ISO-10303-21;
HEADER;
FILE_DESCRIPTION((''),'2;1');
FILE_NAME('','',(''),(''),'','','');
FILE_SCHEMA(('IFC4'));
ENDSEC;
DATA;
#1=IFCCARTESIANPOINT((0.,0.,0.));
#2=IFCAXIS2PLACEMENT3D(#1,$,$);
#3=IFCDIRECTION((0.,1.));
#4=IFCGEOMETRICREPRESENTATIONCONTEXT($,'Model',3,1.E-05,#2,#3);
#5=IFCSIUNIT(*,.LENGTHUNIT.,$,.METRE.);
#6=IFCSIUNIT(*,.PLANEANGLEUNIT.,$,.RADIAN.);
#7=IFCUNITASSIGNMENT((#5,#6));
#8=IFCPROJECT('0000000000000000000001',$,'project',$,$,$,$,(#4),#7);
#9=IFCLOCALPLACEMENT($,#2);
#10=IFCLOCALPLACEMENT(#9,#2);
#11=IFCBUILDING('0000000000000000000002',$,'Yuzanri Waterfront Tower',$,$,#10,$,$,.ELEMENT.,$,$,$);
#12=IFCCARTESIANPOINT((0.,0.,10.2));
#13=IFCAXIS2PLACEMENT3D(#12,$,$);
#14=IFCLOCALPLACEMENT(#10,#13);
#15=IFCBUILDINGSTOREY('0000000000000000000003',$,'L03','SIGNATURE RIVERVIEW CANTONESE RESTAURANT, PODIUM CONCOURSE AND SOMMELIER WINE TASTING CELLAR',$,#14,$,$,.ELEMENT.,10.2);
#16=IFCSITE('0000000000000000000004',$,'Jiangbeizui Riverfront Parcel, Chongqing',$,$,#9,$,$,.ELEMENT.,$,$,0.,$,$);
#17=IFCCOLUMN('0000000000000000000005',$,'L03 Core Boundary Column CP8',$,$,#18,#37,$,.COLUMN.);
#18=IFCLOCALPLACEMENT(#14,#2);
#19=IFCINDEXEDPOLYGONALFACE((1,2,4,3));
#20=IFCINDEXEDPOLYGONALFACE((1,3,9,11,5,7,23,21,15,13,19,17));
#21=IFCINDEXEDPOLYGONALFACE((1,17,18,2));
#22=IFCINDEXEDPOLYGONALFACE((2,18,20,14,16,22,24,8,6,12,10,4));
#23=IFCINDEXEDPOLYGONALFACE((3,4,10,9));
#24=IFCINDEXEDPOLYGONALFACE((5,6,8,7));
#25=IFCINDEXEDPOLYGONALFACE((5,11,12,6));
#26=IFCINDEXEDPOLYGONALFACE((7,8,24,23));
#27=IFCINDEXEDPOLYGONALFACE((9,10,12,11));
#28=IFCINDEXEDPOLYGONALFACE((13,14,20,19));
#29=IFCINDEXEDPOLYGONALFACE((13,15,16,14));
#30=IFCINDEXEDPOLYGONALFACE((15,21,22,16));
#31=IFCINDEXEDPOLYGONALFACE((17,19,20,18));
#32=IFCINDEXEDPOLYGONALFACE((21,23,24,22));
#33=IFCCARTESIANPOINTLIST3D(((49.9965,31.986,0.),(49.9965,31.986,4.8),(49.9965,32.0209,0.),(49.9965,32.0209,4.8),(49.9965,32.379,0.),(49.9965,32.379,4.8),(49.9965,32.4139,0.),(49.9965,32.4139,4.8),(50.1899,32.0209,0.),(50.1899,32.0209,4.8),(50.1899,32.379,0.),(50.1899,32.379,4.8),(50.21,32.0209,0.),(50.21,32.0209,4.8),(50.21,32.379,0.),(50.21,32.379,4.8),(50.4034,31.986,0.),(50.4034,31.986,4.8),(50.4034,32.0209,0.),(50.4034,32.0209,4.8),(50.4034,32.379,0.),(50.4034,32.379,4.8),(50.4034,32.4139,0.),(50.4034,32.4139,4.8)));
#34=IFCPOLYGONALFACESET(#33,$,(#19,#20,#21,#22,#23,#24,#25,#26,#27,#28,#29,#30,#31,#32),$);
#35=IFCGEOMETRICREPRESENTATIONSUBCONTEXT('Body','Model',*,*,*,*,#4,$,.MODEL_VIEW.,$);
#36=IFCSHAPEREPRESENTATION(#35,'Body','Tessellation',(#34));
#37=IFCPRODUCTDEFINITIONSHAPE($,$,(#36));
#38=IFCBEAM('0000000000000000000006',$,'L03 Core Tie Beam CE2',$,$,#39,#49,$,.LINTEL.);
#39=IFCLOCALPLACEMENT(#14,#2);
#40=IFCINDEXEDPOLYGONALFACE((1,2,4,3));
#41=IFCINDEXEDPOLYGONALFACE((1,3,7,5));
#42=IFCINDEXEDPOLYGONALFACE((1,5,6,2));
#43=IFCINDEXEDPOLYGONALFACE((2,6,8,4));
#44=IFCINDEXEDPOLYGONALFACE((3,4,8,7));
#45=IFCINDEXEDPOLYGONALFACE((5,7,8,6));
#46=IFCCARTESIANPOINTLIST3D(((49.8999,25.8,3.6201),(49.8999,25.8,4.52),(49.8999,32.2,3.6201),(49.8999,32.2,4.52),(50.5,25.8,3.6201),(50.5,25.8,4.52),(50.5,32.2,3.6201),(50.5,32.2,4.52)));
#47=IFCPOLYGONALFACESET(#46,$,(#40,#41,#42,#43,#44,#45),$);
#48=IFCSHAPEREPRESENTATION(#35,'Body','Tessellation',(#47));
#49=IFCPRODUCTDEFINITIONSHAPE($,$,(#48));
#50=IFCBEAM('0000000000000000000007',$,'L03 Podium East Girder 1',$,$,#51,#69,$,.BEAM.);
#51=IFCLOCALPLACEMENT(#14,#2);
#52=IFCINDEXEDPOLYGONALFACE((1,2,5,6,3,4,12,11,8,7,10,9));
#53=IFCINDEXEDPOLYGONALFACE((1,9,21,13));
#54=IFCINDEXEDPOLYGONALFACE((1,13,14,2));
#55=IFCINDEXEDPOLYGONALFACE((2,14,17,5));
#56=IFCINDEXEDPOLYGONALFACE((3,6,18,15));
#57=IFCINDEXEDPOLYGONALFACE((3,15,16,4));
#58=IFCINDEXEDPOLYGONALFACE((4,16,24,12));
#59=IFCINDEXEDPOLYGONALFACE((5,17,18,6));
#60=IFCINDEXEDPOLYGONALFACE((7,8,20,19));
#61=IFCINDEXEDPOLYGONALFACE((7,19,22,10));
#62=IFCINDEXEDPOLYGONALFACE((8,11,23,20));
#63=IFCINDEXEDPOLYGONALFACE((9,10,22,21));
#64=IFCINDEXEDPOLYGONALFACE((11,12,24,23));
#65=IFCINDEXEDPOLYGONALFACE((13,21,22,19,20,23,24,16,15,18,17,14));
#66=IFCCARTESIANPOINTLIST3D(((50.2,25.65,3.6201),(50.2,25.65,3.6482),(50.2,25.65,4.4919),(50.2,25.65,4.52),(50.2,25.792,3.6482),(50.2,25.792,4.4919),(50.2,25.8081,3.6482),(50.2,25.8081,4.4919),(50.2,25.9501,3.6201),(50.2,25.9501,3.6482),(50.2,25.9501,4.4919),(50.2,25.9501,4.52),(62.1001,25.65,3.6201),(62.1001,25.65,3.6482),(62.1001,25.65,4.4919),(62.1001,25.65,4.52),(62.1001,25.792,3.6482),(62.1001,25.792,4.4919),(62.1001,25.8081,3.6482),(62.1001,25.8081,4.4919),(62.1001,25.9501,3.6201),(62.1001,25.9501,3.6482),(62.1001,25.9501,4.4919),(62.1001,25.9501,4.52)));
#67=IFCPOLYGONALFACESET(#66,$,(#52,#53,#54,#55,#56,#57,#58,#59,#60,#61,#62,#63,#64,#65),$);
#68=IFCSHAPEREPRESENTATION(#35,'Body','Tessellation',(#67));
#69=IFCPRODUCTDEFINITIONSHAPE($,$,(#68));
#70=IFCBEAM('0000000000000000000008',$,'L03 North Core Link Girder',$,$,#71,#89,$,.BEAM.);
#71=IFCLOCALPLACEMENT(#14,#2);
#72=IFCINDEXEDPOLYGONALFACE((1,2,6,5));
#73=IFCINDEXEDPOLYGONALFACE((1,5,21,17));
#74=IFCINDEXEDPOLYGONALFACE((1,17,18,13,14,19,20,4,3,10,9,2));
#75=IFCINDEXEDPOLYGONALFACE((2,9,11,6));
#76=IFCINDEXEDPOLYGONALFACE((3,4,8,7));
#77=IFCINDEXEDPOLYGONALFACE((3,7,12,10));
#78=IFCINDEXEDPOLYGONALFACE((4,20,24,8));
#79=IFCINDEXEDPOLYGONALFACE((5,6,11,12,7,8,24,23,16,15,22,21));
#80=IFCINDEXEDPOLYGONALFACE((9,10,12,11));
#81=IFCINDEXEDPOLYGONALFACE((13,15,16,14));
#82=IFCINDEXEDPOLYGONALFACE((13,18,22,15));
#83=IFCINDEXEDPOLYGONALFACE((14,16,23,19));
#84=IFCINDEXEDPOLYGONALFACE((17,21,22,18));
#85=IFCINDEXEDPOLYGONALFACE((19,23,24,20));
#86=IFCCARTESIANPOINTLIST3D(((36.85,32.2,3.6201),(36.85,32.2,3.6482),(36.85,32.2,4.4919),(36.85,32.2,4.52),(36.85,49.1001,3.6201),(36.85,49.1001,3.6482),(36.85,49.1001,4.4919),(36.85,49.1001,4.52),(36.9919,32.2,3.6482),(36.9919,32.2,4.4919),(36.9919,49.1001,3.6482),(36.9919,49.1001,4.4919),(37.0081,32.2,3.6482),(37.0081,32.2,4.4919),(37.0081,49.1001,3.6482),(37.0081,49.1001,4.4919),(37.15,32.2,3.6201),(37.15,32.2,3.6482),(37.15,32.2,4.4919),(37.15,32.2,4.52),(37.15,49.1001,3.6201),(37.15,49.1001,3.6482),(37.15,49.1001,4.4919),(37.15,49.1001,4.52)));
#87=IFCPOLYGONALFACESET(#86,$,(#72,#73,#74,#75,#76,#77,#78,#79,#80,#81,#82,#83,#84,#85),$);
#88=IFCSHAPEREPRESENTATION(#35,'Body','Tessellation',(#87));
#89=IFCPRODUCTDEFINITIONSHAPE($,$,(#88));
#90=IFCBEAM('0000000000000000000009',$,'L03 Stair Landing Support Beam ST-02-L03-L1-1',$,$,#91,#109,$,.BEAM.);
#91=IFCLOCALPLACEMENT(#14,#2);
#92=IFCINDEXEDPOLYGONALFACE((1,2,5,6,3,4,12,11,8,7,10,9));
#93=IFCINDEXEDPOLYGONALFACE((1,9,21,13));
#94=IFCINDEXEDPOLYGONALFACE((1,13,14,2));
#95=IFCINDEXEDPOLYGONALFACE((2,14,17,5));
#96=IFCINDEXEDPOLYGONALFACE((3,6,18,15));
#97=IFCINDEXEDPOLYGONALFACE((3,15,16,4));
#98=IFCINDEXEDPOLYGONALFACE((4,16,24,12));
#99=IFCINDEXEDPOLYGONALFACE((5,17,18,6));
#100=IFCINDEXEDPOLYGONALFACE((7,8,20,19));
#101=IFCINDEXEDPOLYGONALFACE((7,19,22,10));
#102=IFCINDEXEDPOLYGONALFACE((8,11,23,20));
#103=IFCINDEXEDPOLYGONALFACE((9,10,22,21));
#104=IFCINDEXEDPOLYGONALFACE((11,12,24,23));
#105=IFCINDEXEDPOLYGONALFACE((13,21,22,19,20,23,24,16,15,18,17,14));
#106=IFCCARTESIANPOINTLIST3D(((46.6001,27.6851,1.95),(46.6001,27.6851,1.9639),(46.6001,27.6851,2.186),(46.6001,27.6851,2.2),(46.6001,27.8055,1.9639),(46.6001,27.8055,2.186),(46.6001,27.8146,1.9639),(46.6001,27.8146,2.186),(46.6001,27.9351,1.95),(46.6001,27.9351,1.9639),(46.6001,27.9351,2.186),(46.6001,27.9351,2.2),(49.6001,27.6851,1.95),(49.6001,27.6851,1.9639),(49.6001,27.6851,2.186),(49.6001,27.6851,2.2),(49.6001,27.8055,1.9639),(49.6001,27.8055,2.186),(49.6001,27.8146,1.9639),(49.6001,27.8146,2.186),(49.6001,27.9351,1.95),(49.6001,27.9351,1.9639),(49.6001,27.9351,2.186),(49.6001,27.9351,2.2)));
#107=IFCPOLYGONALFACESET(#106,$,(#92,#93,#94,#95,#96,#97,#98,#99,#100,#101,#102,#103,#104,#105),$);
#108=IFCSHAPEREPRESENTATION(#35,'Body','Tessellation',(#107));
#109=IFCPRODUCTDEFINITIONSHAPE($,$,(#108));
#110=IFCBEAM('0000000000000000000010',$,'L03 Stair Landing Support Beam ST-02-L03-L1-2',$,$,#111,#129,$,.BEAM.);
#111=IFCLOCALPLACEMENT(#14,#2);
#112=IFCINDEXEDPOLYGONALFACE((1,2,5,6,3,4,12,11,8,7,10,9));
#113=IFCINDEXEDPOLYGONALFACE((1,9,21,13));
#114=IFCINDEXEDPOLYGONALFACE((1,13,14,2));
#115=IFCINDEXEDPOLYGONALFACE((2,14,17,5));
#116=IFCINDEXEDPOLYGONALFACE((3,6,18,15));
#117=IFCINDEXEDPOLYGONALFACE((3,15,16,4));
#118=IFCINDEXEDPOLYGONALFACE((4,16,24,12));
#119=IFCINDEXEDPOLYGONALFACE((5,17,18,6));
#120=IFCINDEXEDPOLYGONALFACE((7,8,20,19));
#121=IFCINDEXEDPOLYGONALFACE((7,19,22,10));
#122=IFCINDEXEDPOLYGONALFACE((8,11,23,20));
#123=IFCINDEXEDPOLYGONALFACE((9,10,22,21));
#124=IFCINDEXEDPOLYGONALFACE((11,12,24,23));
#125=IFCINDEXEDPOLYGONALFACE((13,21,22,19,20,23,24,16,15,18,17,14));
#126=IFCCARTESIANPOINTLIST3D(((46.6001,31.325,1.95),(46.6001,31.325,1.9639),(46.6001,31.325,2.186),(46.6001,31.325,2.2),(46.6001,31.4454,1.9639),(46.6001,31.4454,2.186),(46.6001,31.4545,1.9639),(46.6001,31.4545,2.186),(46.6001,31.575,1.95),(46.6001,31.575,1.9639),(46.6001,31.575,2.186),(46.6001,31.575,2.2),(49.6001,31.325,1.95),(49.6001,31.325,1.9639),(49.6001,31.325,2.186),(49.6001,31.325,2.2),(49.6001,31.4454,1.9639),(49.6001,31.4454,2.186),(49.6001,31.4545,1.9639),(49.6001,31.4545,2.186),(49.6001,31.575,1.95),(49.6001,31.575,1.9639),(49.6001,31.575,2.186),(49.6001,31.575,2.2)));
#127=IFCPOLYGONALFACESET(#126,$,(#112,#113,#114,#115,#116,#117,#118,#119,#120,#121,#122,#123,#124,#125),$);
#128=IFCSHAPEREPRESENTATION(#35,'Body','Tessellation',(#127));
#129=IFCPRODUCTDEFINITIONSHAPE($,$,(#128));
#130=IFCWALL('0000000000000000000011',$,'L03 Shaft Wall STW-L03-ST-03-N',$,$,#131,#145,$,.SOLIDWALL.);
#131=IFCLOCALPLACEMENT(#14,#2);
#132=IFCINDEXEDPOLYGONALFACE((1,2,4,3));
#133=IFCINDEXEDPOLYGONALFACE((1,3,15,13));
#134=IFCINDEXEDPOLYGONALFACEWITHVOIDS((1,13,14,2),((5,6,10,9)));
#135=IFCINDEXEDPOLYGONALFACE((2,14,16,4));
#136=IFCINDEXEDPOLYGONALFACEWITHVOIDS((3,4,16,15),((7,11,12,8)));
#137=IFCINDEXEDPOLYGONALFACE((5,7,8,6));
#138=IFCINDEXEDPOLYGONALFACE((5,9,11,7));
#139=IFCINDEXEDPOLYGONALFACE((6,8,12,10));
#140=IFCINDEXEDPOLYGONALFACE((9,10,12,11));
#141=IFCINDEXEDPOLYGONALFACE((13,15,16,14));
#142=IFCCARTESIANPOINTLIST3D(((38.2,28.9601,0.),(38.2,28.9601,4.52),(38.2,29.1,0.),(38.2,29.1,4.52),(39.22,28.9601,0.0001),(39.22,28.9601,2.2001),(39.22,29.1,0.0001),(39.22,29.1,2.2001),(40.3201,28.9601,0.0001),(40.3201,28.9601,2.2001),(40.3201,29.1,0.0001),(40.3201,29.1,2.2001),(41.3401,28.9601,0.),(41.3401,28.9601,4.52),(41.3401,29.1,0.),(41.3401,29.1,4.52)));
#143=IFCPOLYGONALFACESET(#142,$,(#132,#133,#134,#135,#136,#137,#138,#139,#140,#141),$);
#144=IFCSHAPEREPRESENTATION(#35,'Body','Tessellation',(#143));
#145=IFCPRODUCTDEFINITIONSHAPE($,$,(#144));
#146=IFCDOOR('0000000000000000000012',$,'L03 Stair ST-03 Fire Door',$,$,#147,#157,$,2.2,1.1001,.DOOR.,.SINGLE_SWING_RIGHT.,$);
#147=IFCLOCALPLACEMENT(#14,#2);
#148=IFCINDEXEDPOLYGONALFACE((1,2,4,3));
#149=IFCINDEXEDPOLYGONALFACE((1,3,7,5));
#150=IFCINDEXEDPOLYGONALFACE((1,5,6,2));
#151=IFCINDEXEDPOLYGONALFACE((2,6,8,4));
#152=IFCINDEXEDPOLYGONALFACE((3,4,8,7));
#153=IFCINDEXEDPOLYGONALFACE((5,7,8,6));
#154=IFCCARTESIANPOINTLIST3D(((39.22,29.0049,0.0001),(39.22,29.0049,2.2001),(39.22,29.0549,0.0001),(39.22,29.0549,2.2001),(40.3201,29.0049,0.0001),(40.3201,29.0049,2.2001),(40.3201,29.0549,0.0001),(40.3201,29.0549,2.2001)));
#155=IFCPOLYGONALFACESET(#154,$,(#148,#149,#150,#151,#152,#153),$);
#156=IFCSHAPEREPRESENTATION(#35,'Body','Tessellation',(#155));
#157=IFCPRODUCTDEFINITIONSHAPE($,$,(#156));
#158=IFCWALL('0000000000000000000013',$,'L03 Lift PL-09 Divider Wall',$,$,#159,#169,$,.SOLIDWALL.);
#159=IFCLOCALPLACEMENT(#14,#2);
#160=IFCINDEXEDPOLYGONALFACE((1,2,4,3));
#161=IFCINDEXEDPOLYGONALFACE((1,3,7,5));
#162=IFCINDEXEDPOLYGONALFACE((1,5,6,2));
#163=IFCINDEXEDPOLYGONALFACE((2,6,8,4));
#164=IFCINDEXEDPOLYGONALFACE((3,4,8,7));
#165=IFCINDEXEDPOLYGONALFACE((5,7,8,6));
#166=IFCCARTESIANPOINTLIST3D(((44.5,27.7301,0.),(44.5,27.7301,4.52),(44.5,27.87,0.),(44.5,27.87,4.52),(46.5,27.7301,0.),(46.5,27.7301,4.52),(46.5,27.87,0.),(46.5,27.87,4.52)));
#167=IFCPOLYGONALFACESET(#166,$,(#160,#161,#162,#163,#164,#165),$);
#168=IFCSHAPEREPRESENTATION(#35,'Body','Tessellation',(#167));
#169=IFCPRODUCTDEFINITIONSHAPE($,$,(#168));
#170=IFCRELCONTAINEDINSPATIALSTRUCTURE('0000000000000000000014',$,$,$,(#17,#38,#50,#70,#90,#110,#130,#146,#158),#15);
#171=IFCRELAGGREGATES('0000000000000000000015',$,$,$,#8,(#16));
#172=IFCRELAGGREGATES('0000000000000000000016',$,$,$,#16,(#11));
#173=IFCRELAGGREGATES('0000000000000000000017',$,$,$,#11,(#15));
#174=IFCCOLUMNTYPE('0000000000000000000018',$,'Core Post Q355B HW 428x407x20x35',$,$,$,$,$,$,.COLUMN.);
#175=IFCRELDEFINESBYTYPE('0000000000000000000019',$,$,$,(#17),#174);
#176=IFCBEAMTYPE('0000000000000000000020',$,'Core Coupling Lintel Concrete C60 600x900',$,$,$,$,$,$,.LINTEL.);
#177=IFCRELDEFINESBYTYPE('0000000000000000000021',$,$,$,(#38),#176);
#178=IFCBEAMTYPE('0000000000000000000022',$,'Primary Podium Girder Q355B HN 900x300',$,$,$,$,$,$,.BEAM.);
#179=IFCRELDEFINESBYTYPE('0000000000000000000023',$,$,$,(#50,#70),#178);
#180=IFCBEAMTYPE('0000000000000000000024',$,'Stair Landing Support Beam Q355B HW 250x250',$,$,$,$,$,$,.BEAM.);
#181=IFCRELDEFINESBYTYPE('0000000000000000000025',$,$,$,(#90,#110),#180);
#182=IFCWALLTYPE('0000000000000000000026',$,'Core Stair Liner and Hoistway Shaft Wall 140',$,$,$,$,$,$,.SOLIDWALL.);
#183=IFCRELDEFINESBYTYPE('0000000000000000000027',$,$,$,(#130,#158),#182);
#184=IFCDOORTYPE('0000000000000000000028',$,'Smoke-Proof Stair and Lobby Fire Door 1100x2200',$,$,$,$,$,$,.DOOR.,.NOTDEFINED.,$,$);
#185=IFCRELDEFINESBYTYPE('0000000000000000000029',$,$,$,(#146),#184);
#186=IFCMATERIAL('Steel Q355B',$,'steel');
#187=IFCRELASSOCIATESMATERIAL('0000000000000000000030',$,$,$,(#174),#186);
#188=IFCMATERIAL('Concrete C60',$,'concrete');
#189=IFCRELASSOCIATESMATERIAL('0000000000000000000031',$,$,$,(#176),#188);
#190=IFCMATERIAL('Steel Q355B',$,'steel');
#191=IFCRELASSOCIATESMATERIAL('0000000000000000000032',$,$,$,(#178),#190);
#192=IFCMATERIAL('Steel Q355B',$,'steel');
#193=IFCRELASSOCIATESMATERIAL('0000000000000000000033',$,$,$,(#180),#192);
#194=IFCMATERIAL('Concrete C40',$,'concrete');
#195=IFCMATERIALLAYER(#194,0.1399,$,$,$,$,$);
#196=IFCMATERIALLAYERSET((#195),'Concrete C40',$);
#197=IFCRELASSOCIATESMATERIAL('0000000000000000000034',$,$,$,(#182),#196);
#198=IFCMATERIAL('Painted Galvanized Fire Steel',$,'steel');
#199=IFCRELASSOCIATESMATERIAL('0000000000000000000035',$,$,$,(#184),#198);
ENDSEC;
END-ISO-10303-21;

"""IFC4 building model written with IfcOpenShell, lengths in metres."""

from ifc_helpers import new_model, si_unit, direction, frame, frame_2d, origin, origin_2d, place, context, subcontext, project, spatial, rectangle, i_section, extrude, source, transform, mapped, material, layer, layer_set, material_profile, profile_set, type_object, element, fill, save


model = new_model("IFC4")

# Units and contexts
model_context = context("Model", 3, precision=1e-05, world=origin(), true_north=direction((0.0, 1.0)))
body_context = subcontext(model_context, "Body", "Model", "MODEL_VIEW")
ifc_project = project(units=[si_unit("LENGTHUNIT", "METRE"), si_unit("PLANEANGLEUNIT", "RADIAN")], contexts=[model_context])

# Site, building, storey
site_placement = place(None, origin())
site = spatial("IfcSite", under=ifc_project, at=site_placement, Name="Jiangbeizui Riverfront Parcel, Chongqing", CompositionType="ELEMENT", RefElevation=0.0)
building_placement = place(site_placement, origin())
building = spatial("IfcBuilding", under=site, at=building_placement, Name="Yuzanri Waterfront Tower", CompositionType="ELEMENT")
storey_placement = place(building_placement, frame((0.0, 0.0, 10.2)))
storey = spatial("IfcBuildingStorey", under=building, at=storey_placement, Name="L03", Description="SIGNATURE RIVERVIEW CANTONESE RESTAURANT, PODIUM CONCOURSE AND SOMMELIER WINE TASTING CELLAR", CompositionType="ELEMENT", Elevation=10.2)

# Column
ifc_material_1 = material(Name="Steel Q355B", Category="steel")
ifc_material_profile_1 = material_profile(ifc_material_1, i_section(OverallWidth=0.407, OverallDepth=0.428, WebThickness=0.02, FlangeThickness=0.0349, at=origin_2d()), Name="HW 428x407x20x35")
ifc_profile_set_1 = profile_set([ifc_material_profile_1], Name="Steel Q355B")
column_type = type_object("IfcColumnType", Name="Core Post Q355B HW 428x407x20x35", PredefinedType="COLUMN", material=ifc_profile_set_1)
shared_shape_1 = source(origin(), body_context, "Body", "SweptSolid", [
    extrude(i_section(OverallWidth=0.407, OverallDepth=0.428, WebThickness=0.02, FlangeThickness=0.0349, at=origin_2d()), origin(), (0.0, 0.0, 1.0), 4.8),
])
column_placement = place(storey_placement, frame((50.2, 32.2, 0.0), z_axis=(0.0, 0.0, 1.0), x_axis=(1.0, 0.0, 0.0)))
element("IfcColumn", 1, at=column_placement, inside=storey, type_object=column_type, Name="L03 Core Boundary Column CP8", PredefinedType="COLUMN", context=body_context, shape_type="MappedRepresentation", body=[
    mapped(shared_shape_1, transform((0.0, 0.0, 0.0), scale=1.0)),
])

# Beams
ifc_material_2 = material(Name="Concrete C60", Category="concrete")
ifc_material_profile_2 = material_profile(ifc_material_2, rectangle(XDim=0.6001, YDim=0.8999, at=origin_2d()), Name="RC 600x900")
ifc_profile_set_2 = profile_set([ifc_material_profile_2], Name="Concrete C60")
beam_type_1 = type_object("IfcBeamType", Name="Core Coupling Lintel Concrete C60 600x900", PredefinedType="LINTEL", material=ifc_profile_set_2)
shared_shape_2 = source(origin(), body_context, "Body", "SweptSolid", [
    extrude(rectangle(XDim=0.6001, YDim=0.8999, at=origin_2d()), origin(), (0.0, 0.0, 1.0), 6.3999),
])
beam_1_placement = place(storey_placement, frame((50.2, 25.8, 4.0701), z_axis=(0.0, 1.0, 0.0), x_axis=(-1.0, 0.0, 0.0)))
element("IfcBeam", 2, at=beam_1_placement, inside=storey, type_object=beam_type_1, Name="L03 Core Tie Beam CE2", PredefinedType="LINTEL", context=body_context, shape_type="MappedRepresentation", body=[
    mapped(shared_shape_2, transform((0.0, 0.0, 0.0), scale=1.0)),
])
ifc_material_3 = material(Name="Steel Q355B", Category="steel")
ifc_material_profile_3 = material_profile(ifc_material_3, i_section(OverallWidth=0.3, OverallDepth=0.8999, WebThickness=0.0161, FlangeThickness=0.0281, at=origin_2d()), Name="HN 900x300x16x28")
ifc_profile_set_3 = profile_set([ifc_material_profile_3], Name="Steel Q355B")
beam_type_2 = type_object("IfcBeamType", Name="Primary Podium Girder Q355B HN 900x300", PredefinedType="BEAM", material=ifc_profile_set_3)
shared_shape_3 = source(origin(), body_context, "Body", "SweptSolid", [
    extrude(i_section(OverallWidth=0.3, OverallDepth=0.8999, WebThickness=0.0161, FlangeThickness=0.0281, at=origin_2d()), origin(), (0.0, 0.0, 1.0), 11.9001),
])
beam_2_placement = place(storey_placement, frame((50.2, 25.8, 4.0701), z_axis=(1.0, 0.0, 0.0), x_axis=(0.0, 1.0, 0.0)))
element("IfcBeam", 3, at=beam_2_placement, inside=storey, type_object=beam_type_2, Name="L03 Podium East Girder 1", PredefinedType="BEAM", context=body_context, shape_type="MappedRepresentation", body=[
    mapped(shared_shape_3, transform((0.0, 0.0, 0.0), scale=1.0)),
])
shared_shape_4 = source(origin(), body_context, "Body", "SweptSolid", [
    extrude(i_section(OverallWidth=0.3, OverallDepth=0.8999, WebThickness=0.0161, FlangeThickness=0.0281, at=origin_2d()), origin(), (0.0, 0.0, 1.0), 16.9001),
])
beam_3_placement = place(storey_placement, frame((37.0, 32.2, 4.0701), z_axis=(0.0, 1.0, 0.0), x_axis=(-1.0, 0.0, 0.0)))
element("IfcBeam", 4, at=beam_3_placement, inside=storey, type_object=beam_type_2, Name="L03 North Core Link Girder", PredefinedType="BEAM", context=body_context, shape_type="MappedRepresentation", body=[
    mapped(shared_shape_4, transform((0.0, 0.0, 0.0), scale=1.0)),
])
ifc_material_4 = material(Name="Steel Q355B", Category="steel")
ifc_material_profile_4 = material_profile(ifc_material_4, i_section(OverallWidth=0.25, OverallDepth=0.25, WebThickness=0.009, FlangeThickness=0.0139, at=origin_2d()), Name="HW 250x250x9x14")
ifc_profile_set_4 = profile_set([ifc_material_profile_4], Name="Steel Q355B")
beam_type_3 = type_object("IfcBeamType", Name="Stair Landing Support Beam Q355B HW 250x250", PredefinedType="BEAM", material=ifc_profile_set_4)
shared_shape_5 = source(origin(), body_context, "Body", "SweptSolid", [
    extrude(i_section(OverallWidth=0.25, OverallDepth=0.25, WebThickness=0.009, FlangeThickness=0.0139, at=origin_2d()), origin(), (0.0, 0.0, 1.0), 3.0),
])
for number, where, z_axis, x_axis, name in (
    (5, (46.6001, 27.8101, 2.075), (1.0, 0.0, 0.0), (0.0, 1.0, 0.0), "L03 Stair Landing Support Beam ST-02-L03-L1-1"),
    (6, (46.6001, 31.45, 2.075), (1.0, 0.0, 0.0), (0.0, 1.0, 0.0), "L03 Stair Landing Support Beam ST-02-L03-L1-2"),
):
    element("IfcBeam", number, at=place(storey_placement, frame(where, z_axis=z_axis, x_axis=x_axis)), inside=storey, type_object=beam_type_3, Name=name, PredefinedType="BEAM", context=body_context, shape_type="MappedRepresentation", body=[
        mapped(shared_shape_5, transform((0.0, 0.0, 0.0), scale=1.0)),
    ])

# Wall, opening, door
ifc_material_5 = material(Name="Concrete C40", Category="concrete")
ifc_layer_1 = layer(ifc_material_5, 0.1399)
ifc_layer_set_1 = layer_set([ifc_layer_1], Name="Concrete C40")
wall_type = type_object("IfcWallType", Name="Core Stair Liner and Hoistway Shaft Wall 140", PredefinedType="SOLIDWALL", material=ifc_layer_set_1)
wall_1_placement = place(storey_placement, frame((38.2, 29.03, 0.0), z_axis=(0.0, 0.0, 1.0), x_axis=(1.0, 0.0, 0.0)))
wall_1 = element("IfcWall", 7, at=wall_1_placement, inside=storey, type_object=wall_type, Name="L03 Shaft Wall STW-L03-ST-03-N", PredefinedType="SOLIDWALL", context=body_context, shape_type="SweptSolid", body=[
    extrude(rectangle(XDim=3.1401, YDim=0.1399, at=frame_2d((1.5701, 0.0))), origin(), (0.0, 0.0, 1.0), 4.52),
])
opening_placement = place(wall_1_placement, frame((1.02, 0.0, 0.0)))
opening = element("IfcOpeningElement", 8, at=opening_placement, cuts=wall_1, PredefinedType="OPENING", context=body_context, shape_type="SweptSolid", body=[
    extrude(rectangle(XDim=1.1001, YDim=2.2, at=frame_2d((0.55, 1.1001))), frame((0.0, 0.085, 0.0), z_axis=(0.0, -1.0, 0.0), x_axis=(1.0, 0.0, 0.0)), (0.0, 0.0, 1.0), 0.1697),
])
ifc_material_6 = material(Name="Painted Galvanized Fire Steel", Category="steel")
door_type = type_object("IfcDoorType", Name="Smoke-Proof Stair and Lobby Fire Door 1100x2200", OperationType="NOTDEFINED", PredefinedType="DOOR", material=ifc_material_6)
shared_shape_6 = source(origin(), body_context, "Body", "SweptSolid", [
    extrude(rectangle(XDim=1.1001, YDim=2.2, at=frame_2d((0.55, 1.1001))), frame((0.0, 0.0249, 0.0), z_axis=(0.0, -1.0, 0.0), x_axis=(1.0, 0.0, 0.0)), (0.0, 0.0, 1.0), 0.05),
])
door_placement = place(opening_placement, origin())
door = element("IfcDoor", 9, at=door_placement, inside=storey, type_object=door_type, Name="L03 Stair ST-03 Fire Door", OperationType="SINGLE_SWING_RIGHT", OverallHeight=2.2, OverallWidth=1.1001, PredefinedType="DOOR", context=body_context, shape_type="MappedRepresentation", body=[
    mapped(shared_shape_6, transform((0.0, 0.0, 0.0), scale=1.0)),
])
fill(opening, door)

# Wall
shared_shape_7 = source(origin(), body_context, "Body", "SweptSolid", [
    extrude(rectangle(XDim=2.0, YDim=0.1399, at=frame_2d((1.0, 0.0))), origin(), (0.0, 0.0, 1.0), 4.52),
])
for number, where, z_axis, x_axis, name in (
    (10, (44.5, 27.8, 0.0), (0.0, 0.0, 1.0), (1.0, 0.0, 0.0), "L03 Lift PL-09 Divider Wall"),
):
    element("IfcWall", number, at=place(storey_placement, frame(where, z_axis=z_axis, x_axis=x_axis)), inside=storey, type_object=wall_type, Name=name, PredefinedType="SOLIDWALL", context=body_context, shape_type="MappedRepresentation", body=[
        mapped(shared_shape_7, transform((0.0, 0.0, 0.0), scale=1.0)),
    ])

save(model, "model.ifc")
